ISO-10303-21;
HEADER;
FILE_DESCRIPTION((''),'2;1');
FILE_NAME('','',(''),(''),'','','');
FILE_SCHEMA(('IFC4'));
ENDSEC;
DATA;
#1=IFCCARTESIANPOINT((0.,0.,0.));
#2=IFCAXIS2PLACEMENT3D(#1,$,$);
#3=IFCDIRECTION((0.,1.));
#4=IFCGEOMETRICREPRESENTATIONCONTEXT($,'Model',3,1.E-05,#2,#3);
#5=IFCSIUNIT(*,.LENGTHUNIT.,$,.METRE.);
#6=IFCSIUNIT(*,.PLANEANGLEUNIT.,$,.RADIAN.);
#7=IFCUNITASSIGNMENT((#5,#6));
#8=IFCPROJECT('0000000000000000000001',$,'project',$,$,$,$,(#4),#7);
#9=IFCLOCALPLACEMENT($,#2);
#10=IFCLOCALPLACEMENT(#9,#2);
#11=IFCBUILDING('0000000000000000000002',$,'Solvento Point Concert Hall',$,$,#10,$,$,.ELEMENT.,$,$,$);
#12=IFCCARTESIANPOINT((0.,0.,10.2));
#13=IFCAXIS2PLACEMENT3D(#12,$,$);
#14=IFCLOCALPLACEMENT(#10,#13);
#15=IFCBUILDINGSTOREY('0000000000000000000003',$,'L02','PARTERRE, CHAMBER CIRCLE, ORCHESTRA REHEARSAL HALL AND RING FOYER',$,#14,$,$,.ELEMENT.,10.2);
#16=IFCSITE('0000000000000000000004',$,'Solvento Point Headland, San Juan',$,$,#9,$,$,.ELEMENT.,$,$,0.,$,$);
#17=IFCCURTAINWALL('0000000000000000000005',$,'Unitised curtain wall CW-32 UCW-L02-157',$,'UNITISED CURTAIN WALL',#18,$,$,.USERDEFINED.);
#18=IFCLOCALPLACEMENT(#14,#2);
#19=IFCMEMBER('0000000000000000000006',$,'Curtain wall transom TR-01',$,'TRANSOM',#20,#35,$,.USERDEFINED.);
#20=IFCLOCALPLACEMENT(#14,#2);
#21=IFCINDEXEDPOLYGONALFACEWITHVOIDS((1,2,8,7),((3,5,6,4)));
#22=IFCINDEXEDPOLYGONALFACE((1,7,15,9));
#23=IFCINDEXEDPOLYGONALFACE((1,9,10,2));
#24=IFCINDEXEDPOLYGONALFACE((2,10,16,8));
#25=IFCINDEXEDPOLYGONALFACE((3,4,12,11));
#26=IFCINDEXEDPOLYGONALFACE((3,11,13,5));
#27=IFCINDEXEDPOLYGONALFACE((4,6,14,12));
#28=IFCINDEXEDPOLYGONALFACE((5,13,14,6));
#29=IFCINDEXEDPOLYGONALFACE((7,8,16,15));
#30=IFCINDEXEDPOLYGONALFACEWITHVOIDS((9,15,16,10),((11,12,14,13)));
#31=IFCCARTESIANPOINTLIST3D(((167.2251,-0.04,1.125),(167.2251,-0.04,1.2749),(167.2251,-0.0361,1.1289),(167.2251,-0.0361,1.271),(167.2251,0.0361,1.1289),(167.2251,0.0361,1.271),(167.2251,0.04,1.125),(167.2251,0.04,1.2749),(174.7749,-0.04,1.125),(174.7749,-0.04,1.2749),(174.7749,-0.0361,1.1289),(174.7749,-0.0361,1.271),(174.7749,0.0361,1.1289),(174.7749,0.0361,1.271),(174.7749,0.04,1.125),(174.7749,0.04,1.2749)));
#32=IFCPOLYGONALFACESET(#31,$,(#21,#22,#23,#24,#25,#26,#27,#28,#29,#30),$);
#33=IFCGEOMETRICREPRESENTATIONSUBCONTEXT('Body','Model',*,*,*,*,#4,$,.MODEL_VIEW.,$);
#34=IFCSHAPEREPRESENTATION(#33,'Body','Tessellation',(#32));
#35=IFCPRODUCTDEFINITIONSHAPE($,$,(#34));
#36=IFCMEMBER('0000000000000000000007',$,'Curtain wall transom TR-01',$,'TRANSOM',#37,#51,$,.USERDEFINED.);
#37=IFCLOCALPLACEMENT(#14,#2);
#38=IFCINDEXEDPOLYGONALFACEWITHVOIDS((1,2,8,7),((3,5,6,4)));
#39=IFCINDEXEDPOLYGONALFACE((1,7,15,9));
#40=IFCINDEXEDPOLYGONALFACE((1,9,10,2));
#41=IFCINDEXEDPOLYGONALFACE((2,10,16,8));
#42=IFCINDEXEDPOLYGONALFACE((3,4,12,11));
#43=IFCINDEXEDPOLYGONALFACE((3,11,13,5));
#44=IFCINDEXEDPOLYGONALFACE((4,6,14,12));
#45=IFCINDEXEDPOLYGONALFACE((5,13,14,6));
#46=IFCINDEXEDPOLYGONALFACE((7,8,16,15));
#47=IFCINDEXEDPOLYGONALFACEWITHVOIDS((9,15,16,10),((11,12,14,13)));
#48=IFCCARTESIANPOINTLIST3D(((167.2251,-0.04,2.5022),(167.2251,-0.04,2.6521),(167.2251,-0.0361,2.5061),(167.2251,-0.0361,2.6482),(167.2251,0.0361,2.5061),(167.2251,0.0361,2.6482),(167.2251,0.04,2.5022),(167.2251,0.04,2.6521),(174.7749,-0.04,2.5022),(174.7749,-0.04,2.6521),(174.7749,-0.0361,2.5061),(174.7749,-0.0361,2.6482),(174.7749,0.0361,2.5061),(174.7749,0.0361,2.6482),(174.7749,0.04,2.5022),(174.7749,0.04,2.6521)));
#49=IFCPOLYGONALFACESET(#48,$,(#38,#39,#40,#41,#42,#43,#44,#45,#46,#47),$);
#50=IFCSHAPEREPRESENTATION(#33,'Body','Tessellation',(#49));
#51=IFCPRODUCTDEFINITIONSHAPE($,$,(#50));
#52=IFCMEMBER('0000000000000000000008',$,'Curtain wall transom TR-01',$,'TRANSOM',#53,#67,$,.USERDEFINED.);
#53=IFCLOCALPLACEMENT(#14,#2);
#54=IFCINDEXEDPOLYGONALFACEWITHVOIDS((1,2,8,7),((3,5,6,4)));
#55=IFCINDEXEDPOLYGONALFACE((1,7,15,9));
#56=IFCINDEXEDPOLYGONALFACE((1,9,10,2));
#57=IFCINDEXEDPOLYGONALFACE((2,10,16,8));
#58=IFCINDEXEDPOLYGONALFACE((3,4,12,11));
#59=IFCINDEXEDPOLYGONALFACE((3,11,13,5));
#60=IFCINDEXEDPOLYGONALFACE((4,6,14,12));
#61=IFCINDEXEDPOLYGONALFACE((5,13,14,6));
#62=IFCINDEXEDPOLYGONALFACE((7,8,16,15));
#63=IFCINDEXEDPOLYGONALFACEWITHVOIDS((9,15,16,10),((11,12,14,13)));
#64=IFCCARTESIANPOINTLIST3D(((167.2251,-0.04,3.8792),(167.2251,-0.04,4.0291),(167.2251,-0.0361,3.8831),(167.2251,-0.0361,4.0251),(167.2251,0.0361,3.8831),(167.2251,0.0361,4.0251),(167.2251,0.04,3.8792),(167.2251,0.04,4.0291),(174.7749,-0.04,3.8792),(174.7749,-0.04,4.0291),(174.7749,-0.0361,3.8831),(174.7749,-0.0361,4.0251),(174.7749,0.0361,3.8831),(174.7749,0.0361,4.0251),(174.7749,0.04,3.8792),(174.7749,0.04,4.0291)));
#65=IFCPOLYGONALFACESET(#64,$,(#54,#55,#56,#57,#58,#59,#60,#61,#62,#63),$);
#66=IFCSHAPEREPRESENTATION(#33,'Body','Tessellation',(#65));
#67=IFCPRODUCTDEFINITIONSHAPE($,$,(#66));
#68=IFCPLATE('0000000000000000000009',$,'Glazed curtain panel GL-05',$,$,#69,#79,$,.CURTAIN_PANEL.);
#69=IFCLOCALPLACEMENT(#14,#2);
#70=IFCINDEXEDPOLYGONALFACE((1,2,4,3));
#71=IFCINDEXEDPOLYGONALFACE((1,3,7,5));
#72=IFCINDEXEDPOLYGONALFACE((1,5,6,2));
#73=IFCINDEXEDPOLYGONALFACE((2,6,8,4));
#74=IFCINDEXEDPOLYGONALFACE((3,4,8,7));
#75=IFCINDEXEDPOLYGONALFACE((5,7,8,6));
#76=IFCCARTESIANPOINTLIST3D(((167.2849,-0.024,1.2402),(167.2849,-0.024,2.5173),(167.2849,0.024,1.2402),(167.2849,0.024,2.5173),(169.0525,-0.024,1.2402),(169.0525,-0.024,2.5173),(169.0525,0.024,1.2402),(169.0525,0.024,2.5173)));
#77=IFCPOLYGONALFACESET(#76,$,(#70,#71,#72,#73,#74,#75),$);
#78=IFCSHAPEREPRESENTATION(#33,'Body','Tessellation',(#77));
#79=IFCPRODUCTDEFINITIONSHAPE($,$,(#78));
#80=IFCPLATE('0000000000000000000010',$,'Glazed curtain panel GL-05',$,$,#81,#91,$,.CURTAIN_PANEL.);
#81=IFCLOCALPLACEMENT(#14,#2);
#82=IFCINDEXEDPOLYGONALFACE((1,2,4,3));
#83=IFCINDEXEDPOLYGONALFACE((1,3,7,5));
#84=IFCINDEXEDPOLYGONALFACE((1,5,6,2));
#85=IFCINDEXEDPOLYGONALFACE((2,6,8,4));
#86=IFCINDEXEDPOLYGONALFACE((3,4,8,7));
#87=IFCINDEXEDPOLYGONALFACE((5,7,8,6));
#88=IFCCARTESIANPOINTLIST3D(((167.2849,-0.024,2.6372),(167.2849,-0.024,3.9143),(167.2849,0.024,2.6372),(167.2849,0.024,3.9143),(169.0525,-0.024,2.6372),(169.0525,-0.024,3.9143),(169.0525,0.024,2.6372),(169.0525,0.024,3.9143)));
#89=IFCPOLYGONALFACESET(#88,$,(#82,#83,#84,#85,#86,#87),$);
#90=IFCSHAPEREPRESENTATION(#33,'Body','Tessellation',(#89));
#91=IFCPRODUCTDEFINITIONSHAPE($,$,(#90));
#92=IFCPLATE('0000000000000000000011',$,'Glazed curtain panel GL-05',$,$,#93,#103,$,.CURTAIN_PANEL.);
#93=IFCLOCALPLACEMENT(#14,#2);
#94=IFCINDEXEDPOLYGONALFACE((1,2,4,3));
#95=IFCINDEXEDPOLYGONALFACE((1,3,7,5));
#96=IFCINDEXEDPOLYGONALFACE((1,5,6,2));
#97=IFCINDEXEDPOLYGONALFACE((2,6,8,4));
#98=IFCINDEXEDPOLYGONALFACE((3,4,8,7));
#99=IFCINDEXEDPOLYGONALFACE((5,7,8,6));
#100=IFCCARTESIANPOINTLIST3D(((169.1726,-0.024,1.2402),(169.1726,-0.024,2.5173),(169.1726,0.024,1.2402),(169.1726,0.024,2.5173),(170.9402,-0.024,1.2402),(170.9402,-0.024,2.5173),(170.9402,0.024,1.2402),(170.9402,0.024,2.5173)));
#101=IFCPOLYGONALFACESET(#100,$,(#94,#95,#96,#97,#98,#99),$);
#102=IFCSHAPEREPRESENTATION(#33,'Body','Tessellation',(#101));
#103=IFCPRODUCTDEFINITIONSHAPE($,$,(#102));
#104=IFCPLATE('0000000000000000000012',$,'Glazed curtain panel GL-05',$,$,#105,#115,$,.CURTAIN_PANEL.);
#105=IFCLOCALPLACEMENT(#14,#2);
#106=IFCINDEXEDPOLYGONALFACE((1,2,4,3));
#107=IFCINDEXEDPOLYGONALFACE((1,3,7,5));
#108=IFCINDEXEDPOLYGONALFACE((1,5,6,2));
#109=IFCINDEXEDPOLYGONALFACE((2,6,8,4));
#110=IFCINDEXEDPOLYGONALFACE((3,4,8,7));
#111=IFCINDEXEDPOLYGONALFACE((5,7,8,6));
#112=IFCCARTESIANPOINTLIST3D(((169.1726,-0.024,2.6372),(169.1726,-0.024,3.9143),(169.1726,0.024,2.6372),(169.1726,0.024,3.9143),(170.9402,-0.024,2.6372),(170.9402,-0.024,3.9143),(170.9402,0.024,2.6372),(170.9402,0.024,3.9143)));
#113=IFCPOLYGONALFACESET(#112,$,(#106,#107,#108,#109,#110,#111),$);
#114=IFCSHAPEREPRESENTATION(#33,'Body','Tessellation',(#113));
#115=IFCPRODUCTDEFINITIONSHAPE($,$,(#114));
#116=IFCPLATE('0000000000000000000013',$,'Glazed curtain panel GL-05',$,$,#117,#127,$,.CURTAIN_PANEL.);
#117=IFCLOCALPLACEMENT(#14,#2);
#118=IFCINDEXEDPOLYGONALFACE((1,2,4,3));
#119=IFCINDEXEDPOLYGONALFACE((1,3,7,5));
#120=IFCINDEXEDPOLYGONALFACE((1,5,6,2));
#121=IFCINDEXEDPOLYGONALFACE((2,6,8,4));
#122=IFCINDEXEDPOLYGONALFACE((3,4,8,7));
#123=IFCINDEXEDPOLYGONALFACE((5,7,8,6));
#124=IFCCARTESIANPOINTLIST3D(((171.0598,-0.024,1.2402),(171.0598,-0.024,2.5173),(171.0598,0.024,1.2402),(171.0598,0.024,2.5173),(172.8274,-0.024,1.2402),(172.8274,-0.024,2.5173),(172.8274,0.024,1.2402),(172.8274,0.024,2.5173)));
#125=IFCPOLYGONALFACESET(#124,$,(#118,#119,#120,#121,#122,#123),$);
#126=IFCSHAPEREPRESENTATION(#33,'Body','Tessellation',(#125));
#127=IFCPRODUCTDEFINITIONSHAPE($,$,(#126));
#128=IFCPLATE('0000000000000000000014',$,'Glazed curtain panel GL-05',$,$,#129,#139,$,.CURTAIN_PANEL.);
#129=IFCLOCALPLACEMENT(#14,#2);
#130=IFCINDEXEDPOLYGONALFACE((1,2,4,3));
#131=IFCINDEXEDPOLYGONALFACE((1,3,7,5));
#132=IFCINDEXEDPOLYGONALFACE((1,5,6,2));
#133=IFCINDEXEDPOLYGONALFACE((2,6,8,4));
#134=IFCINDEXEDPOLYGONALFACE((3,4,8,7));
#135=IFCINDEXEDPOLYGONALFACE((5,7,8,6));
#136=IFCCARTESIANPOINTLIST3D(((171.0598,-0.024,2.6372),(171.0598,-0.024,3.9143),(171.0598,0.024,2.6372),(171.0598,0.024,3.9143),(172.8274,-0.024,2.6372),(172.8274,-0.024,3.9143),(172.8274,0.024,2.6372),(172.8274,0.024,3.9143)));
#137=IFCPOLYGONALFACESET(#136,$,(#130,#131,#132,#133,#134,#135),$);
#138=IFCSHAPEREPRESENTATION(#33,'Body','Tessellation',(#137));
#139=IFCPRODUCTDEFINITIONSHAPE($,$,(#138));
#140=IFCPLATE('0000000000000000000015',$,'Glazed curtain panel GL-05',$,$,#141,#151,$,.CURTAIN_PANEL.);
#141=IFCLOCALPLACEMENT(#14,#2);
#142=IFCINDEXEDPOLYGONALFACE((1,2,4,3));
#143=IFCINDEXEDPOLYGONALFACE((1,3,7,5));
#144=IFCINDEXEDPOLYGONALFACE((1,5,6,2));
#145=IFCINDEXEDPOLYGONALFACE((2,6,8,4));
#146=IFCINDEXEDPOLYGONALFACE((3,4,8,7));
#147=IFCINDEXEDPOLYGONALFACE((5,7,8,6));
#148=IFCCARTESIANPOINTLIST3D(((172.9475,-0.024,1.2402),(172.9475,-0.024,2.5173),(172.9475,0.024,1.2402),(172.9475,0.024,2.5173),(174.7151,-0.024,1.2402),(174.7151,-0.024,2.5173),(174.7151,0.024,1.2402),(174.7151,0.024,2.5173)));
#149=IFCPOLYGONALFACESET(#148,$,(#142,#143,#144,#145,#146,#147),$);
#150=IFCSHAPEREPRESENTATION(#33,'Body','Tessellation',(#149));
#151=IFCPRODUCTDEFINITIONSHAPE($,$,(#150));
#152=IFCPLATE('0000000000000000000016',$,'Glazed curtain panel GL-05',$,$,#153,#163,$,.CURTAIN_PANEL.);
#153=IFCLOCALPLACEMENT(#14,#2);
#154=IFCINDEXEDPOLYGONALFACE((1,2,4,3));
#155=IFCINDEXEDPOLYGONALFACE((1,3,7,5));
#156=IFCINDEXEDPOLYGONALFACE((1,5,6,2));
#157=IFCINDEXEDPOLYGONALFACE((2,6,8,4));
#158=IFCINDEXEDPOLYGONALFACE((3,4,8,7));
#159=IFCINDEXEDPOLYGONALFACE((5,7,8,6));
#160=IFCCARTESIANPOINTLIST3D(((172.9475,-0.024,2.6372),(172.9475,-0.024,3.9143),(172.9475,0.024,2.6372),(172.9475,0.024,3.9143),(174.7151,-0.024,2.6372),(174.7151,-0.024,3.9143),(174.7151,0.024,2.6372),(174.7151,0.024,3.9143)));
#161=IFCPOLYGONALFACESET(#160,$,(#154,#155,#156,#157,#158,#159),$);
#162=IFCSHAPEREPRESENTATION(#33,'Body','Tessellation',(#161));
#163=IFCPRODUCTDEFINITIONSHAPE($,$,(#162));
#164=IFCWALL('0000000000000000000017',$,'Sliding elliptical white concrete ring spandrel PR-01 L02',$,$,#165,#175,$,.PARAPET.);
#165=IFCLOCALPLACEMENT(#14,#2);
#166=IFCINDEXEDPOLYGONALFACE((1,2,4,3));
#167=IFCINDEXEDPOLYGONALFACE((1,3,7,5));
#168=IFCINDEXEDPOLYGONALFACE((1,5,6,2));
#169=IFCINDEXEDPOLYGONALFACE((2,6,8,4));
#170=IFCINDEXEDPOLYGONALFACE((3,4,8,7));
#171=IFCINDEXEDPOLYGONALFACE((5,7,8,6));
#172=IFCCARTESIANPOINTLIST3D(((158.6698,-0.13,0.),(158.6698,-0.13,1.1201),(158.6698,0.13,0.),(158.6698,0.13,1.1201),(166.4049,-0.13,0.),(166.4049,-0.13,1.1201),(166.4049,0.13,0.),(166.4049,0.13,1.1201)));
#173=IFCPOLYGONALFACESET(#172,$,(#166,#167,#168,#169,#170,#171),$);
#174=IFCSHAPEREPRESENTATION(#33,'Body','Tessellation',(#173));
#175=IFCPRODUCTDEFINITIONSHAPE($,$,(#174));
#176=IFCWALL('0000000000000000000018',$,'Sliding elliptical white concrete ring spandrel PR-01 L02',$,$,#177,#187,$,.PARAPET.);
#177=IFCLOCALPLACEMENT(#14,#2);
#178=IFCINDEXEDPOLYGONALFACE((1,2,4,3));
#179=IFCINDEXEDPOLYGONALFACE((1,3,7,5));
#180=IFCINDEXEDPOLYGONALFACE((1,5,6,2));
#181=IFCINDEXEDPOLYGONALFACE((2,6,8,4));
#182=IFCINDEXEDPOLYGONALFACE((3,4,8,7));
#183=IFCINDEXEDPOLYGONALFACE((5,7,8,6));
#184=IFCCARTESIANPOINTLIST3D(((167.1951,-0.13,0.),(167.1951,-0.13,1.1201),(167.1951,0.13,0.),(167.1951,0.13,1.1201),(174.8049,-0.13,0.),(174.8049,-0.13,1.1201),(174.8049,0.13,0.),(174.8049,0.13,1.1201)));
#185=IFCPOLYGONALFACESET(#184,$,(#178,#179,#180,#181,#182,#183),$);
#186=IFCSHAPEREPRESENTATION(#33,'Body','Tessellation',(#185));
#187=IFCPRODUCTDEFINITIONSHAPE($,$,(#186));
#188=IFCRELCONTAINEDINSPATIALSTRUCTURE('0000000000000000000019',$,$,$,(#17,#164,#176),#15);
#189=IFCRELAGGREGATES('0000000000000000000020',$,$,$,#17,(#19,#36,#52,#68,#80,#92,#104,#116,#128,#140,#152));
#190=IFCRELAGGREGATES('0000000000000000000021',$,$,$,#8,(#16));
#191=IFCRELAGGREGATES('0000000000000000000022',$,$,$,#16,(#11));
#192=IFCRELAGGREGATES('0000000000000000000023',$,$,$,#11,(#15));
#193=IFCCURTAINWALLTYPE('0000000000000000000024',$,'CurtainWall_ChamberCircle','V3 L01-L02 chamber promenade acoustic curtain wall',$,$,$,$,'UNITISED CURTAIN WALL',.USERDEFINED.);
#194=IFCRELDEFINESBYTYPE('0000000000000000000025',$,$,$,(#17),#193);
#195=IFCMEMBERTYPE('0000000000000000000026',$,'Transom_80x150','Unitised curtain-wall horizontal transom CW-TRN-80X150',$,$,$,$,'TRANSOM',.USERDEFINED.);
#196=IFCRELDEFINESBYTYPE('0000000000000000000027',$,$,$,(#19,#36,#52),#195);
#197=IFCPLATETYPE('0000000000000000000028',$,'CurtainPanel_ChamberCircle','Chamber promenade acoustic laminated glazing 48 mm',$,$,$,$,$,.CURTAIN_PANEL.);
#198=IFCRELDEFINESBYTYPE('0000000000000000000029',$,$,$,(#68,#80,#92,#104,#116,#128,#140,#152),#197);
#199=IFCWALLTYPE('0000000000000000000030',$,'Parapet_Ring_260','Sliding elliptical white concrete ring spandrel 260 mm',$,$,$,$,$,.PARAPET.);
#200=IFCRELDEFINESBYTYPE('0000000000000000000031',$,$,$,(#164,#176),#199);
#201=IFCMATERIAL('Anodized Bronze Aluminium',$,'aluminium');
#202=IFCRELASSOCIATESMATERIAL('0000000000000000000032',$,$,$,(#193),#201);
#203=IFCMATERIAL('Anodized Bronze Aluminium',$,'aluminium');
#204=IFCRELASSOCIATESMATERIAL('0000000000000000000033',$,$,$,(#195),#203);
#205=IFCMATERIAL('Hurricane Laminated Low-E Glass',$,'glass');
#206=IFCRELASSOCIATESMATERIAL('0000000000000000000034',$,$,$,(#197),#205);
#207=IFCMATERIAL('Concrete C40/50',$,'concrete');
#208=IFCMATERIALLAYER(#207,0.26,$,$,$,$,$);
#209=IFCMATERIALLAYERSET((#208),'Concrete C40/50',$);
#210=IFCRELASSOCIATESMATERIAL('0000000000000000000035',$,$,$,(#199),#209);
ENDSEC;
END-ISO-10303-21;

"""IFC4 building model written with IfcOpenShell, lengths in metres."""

from ifc_helpers import new_model, si_unit, direction, frame, frame_2d, origin, origin_2d, place, context, subcontext, project, spatial, rectangle, hollow_rectangle, extrude, material, layer, layer_set, material_profile, profile_set, type_object, element, aggregate, save


model = new_model("IFC4")

# Units and contexts
model_context = context("Model", 3, precision=1e-05, world=origin(), true_north=direction((0.0, 1.0)))
body_context = subcontext(model_context, "Body", "Model", "MODEL_VIEW")
ifc_project = project(units=[si_unit("LENGTHUNIT", "METRE"), si_unit("PLANEANGLEUNIT", "RADIAN")], contexts=[model_context])

# Site, building, storey
site_placement = place(None, origin())
site = spatial("IfcSite", under=ifc_project, at=site_placement, Name="Solvento Point Headland, San Juan", CompositionType="ELEMENT", RefElevation=0.0)
building_placement = place(site_placement, origin())
building = spatial("IfcBuilding", under=site, at=building_placement, Name="Solvento Point Concert Hall", CompositionType="ELEMENT")
storey_placement = place(building_placement, frame((0.0, 0.0, 10.2)))
storey = spatial("IfcBuildingStorey", under=building, at=storey_placement, Name="L02", Description="PARTERRE, CHAMBER CIRCLE, ORCHESTRA REHEARSAL HALL AND RING FOYER", CompositionType="ELEMENT", Elevation=10.2)

# Shared definitions
ifc_material_1 = material(Name="Anodized Bronze Aluminium", Category="aluminium")
curtain_wall_type = type_object("IfcCurtainWallType", Name="CurtainWall_ChamberCircle", Description="V3 L01-L02 chamber promenade acoustic curtain wall", ElementType="UNITISED CURTAIN WALL", PredefinedType="USERDEFINED", material=ifc_material_1)

# Curtain wall, members, plates
curtain_wall_1_placement = place(storey_placement, origin())
curtain_wall_1 = element("IfcCurtainWall", 1, at=curtain_wall_1_placement, inside=storey, type_object=curtain_wall_type, Name="Unitised curtain wall CW-32 UCW-L02-157", ObjectType="UNITISED CURTAIN WALL", PredefinedType="USERDEFINED")
ifc_material_2 = material(Name="Anodized Bronze Aluminium", Category="aluminium")
ifc_material_profile_1 = material_profile(ifc_material_2, hollow_rectangle(XDim=0.0801, YDim=0.1499, WallThickness=0.0039, at=origin_2d()), Name="CW-TRN-80X150")
ifc_profile_set_1 = profile_set([ifc_material_profile_1], Name="Anodized Bronze Aluminium")
member_type_1 = type_object("IfcMemberType", Name="Transom_80x150", Description="Unitised curtain-wall horizontal transom CW-TRN-80X150", ElementType="TRANSOM", PredefinedType="USERDEFINED", material=ifc_profile_set_1)
member_1_placement = place(storey_placement, frame((167.2251, 0.0, 1.2), z_axis=(1.0, 0.0, 0.0), x_axis=(0.0, 1.0, 0.0)))
member_1 = element("IfcMember", 2, at=member_1_placement, type_object=member_type_1, Name="Curtain wall transom TR-01", ObjectType="TRANSOM", PredefinedType="USERDEFINED", context=body_context, shape_type="SweptSolid", body=[
    extrude(hollow_rectangle(XDim=0.0801, YDim=0.1499, WallThickness=0.0039, at=origin_2d()), origin(), (0.0, 0.0, 1.0), 7.5498),
])
member_2_placement = place(storey_placement, frame((167.2251, 0.0, 2.5771), z_axis=(1.0, 0.0, 0.0), x_axis=(0.0, 1.0, 0.0)))
member_2 = element("IfcMember", 3, at=member_2_placement, type_object=member_type_1, Name="Curtain wall transom TR-01", ObjectType="TRANSOM", PredefinedType="USERDEFINED", context=body_context, shape_type="SweptSolid", body=[
    extrude(hollow_rectangle(XDim=0.0801, YDim=0.1499, WallThickness=0.0039, at=origin_2d()), origin(), (0.0, 0.0, 1.0), 7.5498),
])
member_3_placement = place(storey_placement, frame((167.2251, 0.0, 3.9541), z_axis=(1.0, 0.0, 0.0), x_axis=(0.0, 1.0, 0.0)))
member_3 = element("IfcMember", 4, at=member_3_placement, type_object=member_type_1, Name="Curtain wall transom TR-01", ObjectType="TRANSOM", PredefinedType="USERDEFINED", context=body_context, shape_type="SweptSolid", body=[
    extrude(hollow_rectangle(XDim=0.0801, YDim=0.1499, WallThickness=0.0039, at=origin_2d()), origin(), (0.0, 0.0, 1.0), 7.5498),
])
ifc_material_3 = material(Name="Hurricane Laminated Low-E Glass", Category="glass")
plate_type = type_object("IfcPlateType", Name="CurtainPanel_ChamberCircle", Description="Chamber promenade acoustic laminated glazing 48 mm", PredefinedType="CURTAIN_PANEL", material=ifc_material_3)
plate_1_placement = place(storey_placement, frame((168.1687, 0.0, 1.2402), z_axis=(0.0, 0.0, 1.0), x_axis=(1.0, 0.0, 0.0)))
plate_1 = element("IfcPlate", 5, at=plate_1_placement, type_object=plate_type, Name="Glazed curtain panel GL-05", PredefinedType="CURTAIN_PANEL", context=body_context, shape_type="SweptSolid", body=[
    extrude(rectangle(XDim=1.7676, YDim=0.0481, at=origin_2d()), origin(), (0.0, 0.0, 1.0), 1.2771),
])
plate_2_placement = place(storey_placement, frame((168.1687, 0.0, 2.6372), z_axis=(0.0, 0.0, 1.0), x_axis=(1.0, 0.0, 0.0)))
plate_2 = element("IfcPlate", 6, at=plate_2_placement, type_object=plate_type, Name="Glazed curtain panel GL-05", PredefinedType="CURTAIN_PANEL", context=body_context, shape_type="SweptSolid", body=[
    extrude(rectangle(XDim=1.7676, YDim=0.0481, at=origin_2d()), origin(), (0.0, 0.0, 1.0), 1.2771),
])
plate_3_placement = place(storey_placement, frame((170.0564, 0.0, 1.2402), z_axis=(0.0, 0.0, 1.0), x_axis=(1.0, 0.0, 0.0)))
plate_3 = element("IfcPlate", 7, at=plate_3_placement, type_object=plate_type, Name="Glazed curtain panel GL-05", PredefinedType="CURTAIN_PANEL", context=body_context, shape_type="SweptSolid", body=[
    extrude(rectangle(XDim=1.7676, YDim=0.0481, at=origin_2d()), origin(), (0.0, 0.0, 1.0), 1.2771),
])
plate_4_placement = place(storey_placement, frame((170.0564, 0.0, 2.6372), z_axis=(0.0, 0.0, 1.0), x_axis=(1.0, 0.0, 0.0)))
plate_4 = element("IfcPlate", 8, at=plate_4_placement, type_object=plate_type, Name="Glazed curtain panel GL-05", PredefinedType="CURTAIN_PANEL", context=body_context, shape_type="SweptSolid", body=[
    extrude(rectangle(XDim=1.7676, YDim=0.0481, at=origin_2d()), origin(), (0.0, 0.0, 1.0), 1.2771),
])
plate_5_placement = place(storey_placement, frame((171.9436, 0.0, 1.2402), z_axis=(0.0, 0.0, 1.0), x_axis=(1.0, 0.0, 0.0)))
plate_5 = element("IfcPlate", 9, at=plate_5_placement, type_object=plate_type, Name="Glazed curtain panel GL-05", PredefinedType="CURTAIN_PANEL", context=body_context, shape_type="SweptSolid", body=[
    extrude(rectangle(XDim=1.7676, YDim=0.0481, at=origin_2d()), origin(), (0.0, 0.0, 1.0), 1.2771),
])
plate_6_placement = place(storey_placement, frame((171.9436, 0.0, 2.6372), z_axis=(0.0, 0.0, 1.0), x_axis=(1.0, 0.0, 0.0)))
plate_6 = element("IfcPlate", 10, at=plate_6_placement, type_object=plate_type, Name="Glazed curtain panel GL-05", PredefinedType="CURTAIN_PANEL", context=body_context, shape_type="SweptSolid", body=[
    extrude(rectangle(XDim=1.7676, YDim=0.0481, at=origin_2d()), origin(), (0.0, 0.0, 1.0), 1.2771),
])
plate_7_placement = place(storey_placement, frame((173.8313, 0.0, 1.2402), z_axis=(0.0, 0.0, 1.0), x_axis=(1.0, 0.0, 0.0)))
plate_7 = element("IfcPlate", 11, at=plate_7_placement, type_object=plate_type, Name="Glazed curtain panel GL-05", PredefinedType="CURTAIN_PANEL", context=body_context, shape_type="SweptSolid", body=[
    extrude(rectangle(XDim=1.7676, YDim=0.0481, at=origin_2d()), origin(), (0.0, 0.0, 1.0), 1.2771),
])
plate_8_placement = place(storey_placement, frame((173.8313, 0.0, 2.6372), z_axis=(0.0, 0.0, 1.0), x_axis=(1.0, 0.0, 0.0)))
plate_8 = element("IfcPlate", 12, at=plate_8_placement, type_object=plate_type, Name="Glazed curtain panel GL-05", PredefinedType="CURTAIN_PANEL", context=body_context, shape_type="SweptSolid", body=[
    extrude(rectangle(XDim=1.7676, YDim=0.0481, at=origin_2d()), origin(), (0.0, 0.0, 1.0), 1.2771),
])
aggregate(curtain_wall_1, [member_1, member_2, member_3, plate_1, plate_2, plate_3, plate_4, plate_5, plate_6, plate_7, plate_8])

# Walls
ifc_material_4 = material(Name="Concrete C40/50", Category="concrete")
ifc_layer = layer(ifc_material_4, 0.26)
ifc_layer_set = layer_set([ifc_layer], Name="Concrete C40/50")
wall_type = type_object("IfcWallType", Name="Parapet_Ring_260", Description="Sliding elliptical white concrete ring spandrel 260 mm", PredefinedType="PARAPET", material=ifc_layer_set)
wall_1_placement = place(storey_placement, frame((166.405, 0.0, 0.0), z_axis=(0.0, 0.0, 1.0), x_axis=(-1.0, 0.0, 0.0)))
element("IfcWall", 13, at=wall_1_placement, inside=storey, type_object=wall_type, Name="Sliding elliptical white concrete ring spandrel PR-01 L02", PredefinedType="PARAPET", context=body_context, shape_type="SweptSolid", body=[
    extrude(rectangle(XDim=7.7351, YDim=0.26, at=frame_2d((3.8677, 0.0))), origin(), (0.0, 0.0, 1.0), 1.1201),
])
wall_2_placement = place(storey_placement, frame((174.8049, 0.0, 0.0), z_axis=(0.0, 0.0, 1.0), x_axis=(-1.0, 0.0, 0.0)))
element("IfcWall", 14, at=wall_2_placement, inside=storey, type_object=wall_type, Name="Sliding elliptical white concrete ring spandrel PR-01 L02", PredefinedType="PARAPET", context=body_context, shape_type="SweptSolid", body=[
    extrude(rectangle(XDim=7.6099, YDim=0.26, at=frame_2d((3.8049, 0.0))), origin(), (0.0, 0.0, 1.0), 1.1201),
])

save(model, "model.ifc")
